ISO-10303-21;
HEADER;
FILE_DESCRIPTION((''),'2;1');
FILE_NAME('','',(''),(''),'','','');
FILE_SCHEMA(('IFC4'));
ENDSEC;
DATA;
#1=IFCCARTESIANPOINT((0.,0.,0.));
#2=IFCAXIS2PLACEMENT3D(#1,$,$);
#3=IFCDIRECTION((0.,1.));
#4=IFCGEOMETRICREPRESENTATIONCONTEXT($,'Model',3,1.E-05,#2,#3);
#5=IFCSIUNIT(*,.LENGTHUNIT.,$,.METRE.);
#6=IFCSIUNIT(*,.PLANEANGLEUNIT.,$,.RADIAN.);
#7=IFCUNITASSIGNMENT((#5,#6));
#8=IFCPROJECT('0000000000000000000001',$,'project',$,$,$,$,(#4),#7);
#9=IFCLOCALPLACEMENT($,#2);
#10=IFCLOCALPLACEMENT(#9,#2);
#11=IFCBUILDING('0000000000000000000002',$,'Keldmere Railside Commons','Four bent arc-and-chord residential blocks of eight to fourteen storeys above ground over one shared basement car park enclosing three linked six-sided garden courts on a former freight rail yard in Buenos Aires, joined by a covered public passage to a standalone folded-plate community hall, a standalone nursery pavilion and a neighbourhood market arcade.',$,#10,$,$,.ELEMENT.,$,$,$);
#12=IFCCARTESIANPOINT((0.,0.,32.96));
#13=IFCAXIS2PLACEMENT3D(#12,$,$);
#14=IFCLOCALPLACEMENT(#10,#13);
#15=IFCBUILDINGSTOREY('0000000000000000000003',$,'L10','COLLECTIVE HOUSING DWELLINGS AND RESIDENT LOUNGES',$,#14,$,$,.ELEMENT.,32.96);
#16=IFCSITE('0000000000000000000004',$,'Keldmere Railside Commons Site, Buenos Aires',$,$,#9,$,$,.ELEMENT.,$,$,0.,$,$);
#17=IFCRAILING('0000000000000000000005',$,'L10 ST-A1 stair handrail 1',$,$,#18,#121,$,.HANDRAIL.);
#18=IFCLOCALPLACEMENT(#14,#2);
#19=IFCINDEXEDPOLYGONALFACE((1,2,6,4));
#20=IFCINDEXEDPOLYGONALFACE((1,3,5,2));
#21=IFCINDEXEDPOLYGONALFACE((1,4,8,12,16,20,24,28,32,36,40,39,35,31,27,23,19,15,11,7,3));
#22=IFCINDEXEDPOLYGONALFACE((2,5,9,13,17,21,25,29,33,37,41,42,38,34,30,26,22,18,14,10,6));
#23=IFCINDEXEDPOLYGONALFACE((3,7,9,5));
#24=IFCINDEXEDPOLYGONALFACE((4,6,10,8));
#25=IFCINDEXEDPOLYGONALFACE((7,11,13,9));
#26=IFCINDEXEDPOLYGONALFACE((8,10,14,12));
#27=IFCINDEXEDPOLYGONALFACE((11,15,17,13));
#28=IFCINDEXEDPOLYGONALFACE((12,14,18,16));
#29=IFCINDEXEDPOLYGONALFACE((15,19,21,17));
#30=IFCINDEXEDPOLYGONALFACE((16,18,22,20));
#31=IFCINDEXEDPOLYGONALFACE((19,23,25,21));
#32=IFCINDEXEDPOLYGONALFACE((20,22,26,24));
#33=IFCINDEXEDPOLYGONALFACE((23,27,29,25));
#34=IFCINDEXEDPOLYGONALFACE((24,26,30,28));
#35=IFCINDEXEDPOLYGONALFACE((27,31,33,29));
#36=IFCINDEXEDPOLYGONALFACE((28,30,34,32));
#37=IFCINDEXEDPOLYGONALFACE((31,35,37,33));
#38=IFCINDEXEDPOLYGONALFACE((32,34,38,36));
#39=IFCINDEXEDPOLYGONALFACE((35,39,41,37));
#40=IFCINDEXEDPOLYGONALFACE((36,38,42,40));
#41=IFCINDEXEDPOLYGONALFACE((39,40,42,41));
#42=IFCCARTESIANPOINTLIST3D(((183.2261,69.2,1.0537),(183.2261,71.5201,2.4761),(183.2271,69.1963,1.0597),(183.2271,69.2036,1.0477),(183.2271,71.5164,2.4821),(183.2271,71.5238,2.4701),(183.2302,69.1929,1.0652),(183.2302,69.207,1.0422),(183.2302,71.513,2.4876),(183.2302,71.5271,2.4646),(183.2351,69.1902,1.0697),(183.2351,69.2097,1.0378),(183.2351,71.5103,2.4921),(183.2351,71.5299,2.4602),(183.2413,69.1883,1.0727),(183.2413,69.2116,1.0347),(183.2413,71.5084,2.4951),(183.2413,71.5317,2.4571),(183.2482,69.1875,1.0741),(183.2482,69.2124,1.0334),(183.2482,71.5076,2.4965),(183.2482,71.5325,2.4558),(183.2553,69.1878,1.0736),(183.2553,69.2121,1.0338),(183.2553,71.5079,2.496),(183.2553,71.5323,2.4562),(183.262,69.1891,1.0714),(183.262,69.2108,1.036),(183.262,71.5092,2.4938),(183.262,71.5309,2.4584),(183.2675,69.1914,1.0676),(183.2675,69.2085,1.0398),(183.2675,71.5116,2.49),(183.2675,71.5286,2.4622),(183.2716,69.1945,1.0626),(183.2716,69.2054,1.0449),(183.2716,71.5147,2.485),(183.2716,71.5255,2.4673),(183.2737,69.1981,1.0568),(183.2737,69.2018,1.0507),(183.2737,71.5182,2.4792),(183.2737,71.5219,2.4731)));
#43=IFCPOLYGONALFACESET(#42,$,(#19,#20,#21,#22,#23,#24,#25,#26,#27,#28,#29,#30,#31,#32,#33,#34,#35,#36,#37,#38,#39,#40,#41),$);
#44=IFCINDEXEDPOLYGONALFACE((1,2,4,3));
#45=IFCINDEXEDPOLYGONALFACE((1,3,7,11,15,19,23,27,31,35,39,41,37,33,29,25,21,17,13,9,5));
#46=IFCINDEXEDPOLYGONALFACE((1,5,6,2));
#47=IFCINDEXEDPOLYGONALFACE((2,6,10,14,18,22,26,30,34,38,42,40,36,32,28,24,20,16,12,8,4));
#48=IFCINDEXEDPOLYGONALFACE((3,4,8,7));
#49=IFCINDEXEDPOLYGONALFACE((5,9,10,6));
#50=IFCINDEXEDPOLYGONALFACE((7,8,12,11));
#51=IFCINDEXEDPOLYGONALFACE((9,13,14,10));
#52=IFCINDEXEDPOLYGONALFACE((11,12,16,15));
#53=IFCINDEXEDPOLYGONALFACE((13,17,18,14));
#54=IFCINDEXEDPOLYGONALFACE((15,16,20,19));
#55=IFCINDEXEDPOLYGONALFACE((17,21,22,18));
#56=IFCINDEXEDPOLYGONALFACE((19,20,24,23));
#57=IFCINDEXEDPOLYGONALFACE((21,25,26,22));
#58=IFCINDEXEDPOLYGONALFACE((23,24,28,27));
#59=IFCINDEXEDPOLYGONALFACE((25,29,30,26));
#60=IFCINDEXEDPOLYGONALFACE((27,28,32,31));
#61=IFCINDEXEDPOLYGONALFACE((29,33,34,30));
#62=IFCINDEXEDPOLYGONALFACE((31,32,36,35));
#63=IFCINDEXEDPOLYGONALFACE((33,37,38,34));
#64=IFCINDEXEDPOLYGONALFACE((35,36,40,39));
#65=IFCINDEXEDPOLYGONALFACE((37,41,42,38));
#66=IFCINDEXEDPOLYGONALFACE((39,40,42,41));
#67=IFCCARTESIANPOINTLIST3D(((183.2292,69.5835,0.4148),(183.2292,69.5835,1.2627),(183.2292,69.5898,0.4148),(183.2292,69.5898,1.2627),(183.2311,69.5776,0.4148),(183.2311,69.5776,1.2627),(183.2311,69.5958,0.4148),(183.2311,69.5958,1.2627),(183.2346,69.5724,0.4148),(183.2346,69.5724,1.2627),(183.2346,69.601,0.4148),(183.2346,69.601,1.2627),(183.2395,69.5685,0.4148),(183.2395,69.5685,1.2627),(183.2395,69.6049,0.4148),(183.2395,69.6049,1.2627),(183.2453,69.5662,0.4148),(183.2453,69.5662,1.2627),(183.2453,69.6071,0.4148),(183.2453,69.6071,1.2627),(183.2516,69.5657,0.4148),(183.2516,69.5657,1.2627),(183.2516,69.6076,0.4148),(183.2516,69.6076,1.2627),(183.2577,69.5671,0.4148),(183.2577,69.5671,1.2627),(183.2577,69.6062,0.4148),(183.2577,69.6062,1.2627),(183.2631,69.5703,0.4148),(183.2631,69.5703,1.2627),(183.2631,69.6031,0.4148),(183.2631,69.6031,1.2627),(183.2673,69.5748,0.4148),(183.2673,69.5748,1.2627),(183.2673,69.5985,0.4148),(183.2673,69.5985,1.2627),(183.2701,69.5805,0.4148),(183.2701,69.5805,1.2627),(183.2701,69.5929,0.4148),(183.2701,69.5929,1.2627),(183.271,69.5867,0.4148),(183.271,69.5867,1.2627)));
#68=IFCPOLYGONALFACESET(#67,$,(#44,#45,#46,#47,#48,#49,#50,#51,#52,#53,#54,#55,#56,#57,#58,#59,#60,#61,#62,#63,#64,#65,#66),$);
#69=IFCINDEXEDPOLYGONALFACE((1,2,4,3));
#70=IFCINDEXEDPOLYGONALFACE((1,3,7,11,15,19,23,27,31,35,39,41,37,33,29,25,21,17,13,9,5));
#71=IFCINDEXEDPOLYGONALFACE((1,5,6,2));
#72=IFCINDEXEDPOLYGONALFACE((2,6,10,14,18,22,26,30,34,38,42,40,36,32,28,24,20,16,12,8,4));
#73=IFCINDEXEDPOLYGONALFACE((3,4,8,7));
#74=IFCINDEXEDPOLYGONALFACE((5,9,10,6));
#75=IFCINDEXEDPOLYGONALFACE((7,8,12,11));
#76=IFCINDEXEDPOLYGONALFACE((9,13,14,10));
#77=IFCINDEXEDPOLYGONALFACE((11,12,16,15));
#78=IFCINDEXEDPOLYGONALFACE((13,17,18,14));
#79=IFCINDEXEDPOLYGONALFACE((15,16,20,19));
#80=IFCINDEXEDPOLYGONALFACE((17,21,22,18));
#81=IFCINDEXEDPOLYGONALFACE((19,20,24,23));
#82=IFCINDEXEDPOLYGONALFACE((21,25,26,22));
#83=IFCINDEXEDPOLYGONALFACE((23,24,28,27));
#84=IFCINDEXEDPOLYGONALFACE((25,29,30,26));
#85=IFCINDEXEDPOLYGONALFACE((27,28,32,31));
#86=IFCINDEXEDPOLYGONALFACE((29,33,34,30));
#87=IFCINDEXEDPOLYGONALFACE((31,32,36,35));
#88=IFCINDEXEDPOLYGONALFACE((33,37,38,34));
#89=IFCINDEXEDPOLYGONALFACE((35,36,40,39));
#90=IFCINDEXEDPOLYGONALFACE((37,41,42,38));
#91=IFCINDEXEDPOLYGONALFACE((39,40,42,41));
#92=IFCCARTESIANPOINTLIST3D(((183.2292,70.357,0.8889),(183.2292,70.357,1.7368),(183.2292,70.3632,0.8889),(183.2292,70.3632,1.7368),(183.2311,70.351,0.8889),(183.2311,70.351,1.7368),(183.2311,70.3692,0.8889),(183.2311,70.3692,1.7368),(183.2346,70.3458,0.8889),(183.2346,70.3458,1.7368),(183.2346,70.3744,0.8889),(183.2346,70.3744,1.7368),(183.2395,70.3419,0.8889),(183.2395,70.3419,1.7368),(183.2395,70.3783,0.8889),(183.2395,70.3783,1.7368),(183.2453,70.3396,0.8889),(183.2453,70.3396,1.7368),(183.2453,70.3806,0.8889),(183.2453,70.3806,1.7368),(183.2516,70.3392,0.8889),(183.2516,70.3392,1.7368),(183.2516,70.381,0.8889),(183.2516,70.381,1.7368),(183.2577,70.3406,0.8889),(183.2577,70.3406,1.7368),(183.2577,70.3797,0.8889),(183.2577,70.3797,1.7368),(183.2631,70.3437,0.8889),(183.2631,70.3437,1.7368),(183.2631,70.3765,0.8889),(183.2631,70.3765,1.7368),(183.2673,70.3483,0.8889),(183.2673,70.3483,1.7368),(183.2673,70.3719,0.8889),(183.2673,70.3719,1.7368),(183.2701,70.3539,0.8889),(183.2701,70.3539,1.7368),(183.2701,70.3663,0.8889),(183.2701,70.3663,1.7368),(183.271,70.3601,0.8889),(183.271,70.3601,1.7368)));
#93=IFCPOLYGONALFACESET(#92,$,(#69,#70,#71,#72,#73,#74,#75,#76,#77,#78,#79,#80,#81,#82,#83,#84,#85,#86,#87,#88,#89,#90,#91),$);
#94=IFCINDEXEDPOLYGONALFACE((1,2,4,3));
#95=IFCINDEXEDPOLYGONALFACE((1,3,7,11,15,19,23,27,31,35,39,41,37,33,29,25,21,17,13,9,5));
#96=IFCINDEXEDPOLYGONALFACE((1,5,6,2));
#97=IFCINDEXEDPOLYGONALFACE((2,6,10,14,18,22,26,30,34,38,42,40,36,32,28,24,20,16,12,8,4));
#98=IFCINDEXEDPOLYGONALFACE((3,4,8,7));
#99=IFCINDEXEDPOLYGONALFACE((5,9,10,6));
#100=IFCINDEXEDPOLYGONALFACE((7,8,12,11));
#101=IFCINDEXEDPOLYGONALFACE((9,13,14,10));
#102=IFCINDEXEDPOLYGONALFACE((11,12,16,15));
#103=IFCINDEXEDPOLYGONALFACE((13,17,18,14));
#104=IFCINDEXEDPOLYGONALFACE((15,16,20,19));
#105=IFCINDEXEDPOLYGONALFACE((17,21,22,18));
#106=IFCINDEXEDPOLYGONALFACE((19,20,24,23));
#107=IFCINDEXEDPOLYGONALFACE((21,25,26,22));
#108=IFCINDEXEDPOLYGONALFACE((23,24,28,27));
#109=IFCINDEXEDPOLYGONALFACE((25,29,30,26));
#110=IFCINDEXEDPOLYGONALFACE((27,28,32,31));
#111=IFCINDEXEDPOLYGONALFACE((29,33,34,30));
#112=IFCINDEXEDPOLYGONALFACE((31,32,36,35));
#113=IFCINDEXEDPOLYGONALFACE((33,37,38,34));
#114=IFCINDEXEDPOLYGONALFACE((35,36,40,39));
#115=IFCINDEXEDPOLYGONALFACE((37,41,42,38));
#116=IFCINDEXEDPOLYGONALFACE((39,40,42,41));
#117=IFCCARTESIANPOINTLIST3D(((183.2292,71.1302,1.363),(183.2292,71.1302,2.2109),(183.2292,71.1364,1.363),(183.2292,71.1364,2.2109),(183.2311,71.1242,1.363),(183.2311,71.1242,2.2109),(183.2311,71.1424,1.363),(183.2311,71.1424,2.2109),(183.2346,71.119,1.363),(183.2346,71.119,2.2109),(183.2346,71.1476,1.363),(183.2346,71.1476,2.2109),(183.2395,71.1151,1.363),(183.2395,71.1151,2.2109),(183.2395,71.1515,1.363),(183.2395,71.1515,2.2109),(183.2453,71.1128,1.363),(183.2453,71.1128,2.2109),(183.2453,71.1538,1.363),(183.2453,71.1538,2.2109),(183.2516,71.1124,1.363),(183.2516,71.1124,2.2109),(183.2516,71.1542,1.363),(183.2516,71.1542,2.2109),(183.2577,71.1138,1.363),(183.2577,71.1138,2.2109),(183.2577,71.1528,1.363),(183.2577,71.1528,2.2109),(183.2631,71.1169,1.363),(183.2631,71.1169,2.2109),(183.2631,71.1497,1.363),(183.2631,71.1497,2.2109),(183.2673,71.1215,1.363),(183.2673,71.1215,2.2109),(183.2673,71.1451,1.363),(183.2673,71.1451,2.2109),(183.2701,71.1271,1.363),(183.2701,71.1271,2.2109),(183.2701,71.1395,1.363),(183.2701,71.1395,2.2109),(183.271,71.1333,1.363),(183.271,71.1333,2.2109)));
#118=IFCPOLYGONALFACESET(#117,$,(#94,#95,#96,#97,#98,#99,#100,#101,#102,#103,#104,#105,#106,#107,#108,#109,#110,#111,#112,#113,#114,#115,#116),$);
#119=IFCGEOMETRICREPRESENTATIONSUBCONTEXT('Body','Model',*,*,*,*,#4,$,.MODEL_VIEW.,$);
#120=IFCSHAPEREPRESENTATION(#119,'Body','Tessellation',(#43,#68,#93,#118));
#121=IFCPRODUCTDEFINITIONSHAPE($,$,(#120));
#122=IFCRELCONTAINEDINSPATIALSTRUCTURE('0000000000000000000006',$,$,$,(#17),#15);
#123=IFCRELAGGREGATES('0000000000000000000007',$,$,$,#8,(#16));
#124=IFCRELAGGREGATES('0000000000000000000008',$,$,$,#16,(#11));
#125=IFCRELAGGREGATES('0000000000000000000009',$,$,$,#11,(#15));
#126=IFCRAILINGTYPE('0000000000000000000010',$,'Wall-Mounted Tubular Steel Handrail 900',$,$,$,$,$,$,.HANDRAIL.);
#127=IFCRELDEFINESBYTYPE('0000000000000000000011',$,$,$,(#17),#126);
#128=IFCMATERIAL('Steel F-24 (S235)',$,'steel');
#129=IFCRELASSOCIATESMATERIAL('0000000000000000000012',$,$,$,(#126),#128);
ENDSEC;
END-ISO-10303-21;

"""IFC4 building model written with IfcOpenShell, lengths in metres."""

from ifc_helpers import new_model, si_unit, direction, frame, origin, origin_2d, place, context, subcontext, project, spatial, circle, extrude, material, type_object, element, save


model = new_model("IFC4")

# Units and contexts
model_context = context("Model", 3, precision=1e-05, world=origin(), true_north=direction((0.0, 1.0)))
body_context = subcontext(model_context, "Body", "Model", "MODEL_VIEW")
ifc_project = project(units=[si_unit("LENGTHUNIT", "METRE"), si_unit("PLANEANGLEUNIT", "RADIAN")], contexts=[model_context])

# Site, building, storey
site_placement = place(None, origin())
site = spatial("IfcSite", under=ifc_project, at=site_placement, Name="Keldmere Railside Commons Site, Buenos Aires", CompositionType="ELEMENT", RefElevation=0.0)
building_placement = place(site_placement, origin())
building = spatial("IfcBuilding", under=site, at=building_placement, Name="Keldmere Railside Commons", Description="Four bent arc-and-chord residential blocks of eight to fourteen storeys above ground over one shared basement car park enclosing three linked six-sided garden courts on a former freight rail yard in Buenos Aires, joined by a covered public passage to a standalone folded-plate community hall, a standalone nursery pavilion and a neighbourhood market arcade.", CompositionType="ELEMENT")
storey_placement = place(building_placement, frame((0.0, 0.0, 32.96)))
storey = spatial("IfcBuildingStorey", under=building, at=storey_placement, Name="L10", Description="COLLECTIVE HOUSING DWELLINGS AND RESIDENT LOUNGES", CompositionType="ELEMENT", Elevation=32.96)

# Shared definitions
ifc_material_1 = material(Name="Steel F-24 (S235)", Category="steel")

# Railing
railing_type_1 = type_object("IfcRailingType", Name="Wall-Mounted Tubular Steel Handrail 900", PredefinedType="HANDRAIL", material=ifc_material_1)
railing_1_placement = place(storey_placement, frame((183.25, 69.2, 0.1777)))
element("IfcRailing", 1, at=railing_1_placement, inside=storey, type_object=railing_type_1, Name="L10 ST-A1 stair handrail 1", PredefinedType="HANDRAIL", context=body_context, shape_type="SweptSolid", body=[
    extrude(circle(Radius=0.0239, at=origin_2d()), frame((0.0, 0.0, 0.876), z_axis=(0.0, 0.852538, 0.522665), x_axis=(-1.0, 0.0, 0.0)), (0.0, 0.0, 1.0), 2.7214),
    extrude(circle(Radius=0.021, at=origin_2d()), frame((0.0, 0.3867, 0.2371)), (0.0, 0.0, 1.0), 0.8479),
    extrude(circle(Radius=0.021, at=origin_2d()), frame((0.0, 1.1602, 0.7112)), (0.0, 0.0, 1.0), 0.8479),
    extrude(circle(Radius=0.021, at=origin_2d()), frame((0.0, 1.9333, 1.1853)), (0.0, 0.0, 1.0), 0.8479),
])

save(model, "model.ifc")
